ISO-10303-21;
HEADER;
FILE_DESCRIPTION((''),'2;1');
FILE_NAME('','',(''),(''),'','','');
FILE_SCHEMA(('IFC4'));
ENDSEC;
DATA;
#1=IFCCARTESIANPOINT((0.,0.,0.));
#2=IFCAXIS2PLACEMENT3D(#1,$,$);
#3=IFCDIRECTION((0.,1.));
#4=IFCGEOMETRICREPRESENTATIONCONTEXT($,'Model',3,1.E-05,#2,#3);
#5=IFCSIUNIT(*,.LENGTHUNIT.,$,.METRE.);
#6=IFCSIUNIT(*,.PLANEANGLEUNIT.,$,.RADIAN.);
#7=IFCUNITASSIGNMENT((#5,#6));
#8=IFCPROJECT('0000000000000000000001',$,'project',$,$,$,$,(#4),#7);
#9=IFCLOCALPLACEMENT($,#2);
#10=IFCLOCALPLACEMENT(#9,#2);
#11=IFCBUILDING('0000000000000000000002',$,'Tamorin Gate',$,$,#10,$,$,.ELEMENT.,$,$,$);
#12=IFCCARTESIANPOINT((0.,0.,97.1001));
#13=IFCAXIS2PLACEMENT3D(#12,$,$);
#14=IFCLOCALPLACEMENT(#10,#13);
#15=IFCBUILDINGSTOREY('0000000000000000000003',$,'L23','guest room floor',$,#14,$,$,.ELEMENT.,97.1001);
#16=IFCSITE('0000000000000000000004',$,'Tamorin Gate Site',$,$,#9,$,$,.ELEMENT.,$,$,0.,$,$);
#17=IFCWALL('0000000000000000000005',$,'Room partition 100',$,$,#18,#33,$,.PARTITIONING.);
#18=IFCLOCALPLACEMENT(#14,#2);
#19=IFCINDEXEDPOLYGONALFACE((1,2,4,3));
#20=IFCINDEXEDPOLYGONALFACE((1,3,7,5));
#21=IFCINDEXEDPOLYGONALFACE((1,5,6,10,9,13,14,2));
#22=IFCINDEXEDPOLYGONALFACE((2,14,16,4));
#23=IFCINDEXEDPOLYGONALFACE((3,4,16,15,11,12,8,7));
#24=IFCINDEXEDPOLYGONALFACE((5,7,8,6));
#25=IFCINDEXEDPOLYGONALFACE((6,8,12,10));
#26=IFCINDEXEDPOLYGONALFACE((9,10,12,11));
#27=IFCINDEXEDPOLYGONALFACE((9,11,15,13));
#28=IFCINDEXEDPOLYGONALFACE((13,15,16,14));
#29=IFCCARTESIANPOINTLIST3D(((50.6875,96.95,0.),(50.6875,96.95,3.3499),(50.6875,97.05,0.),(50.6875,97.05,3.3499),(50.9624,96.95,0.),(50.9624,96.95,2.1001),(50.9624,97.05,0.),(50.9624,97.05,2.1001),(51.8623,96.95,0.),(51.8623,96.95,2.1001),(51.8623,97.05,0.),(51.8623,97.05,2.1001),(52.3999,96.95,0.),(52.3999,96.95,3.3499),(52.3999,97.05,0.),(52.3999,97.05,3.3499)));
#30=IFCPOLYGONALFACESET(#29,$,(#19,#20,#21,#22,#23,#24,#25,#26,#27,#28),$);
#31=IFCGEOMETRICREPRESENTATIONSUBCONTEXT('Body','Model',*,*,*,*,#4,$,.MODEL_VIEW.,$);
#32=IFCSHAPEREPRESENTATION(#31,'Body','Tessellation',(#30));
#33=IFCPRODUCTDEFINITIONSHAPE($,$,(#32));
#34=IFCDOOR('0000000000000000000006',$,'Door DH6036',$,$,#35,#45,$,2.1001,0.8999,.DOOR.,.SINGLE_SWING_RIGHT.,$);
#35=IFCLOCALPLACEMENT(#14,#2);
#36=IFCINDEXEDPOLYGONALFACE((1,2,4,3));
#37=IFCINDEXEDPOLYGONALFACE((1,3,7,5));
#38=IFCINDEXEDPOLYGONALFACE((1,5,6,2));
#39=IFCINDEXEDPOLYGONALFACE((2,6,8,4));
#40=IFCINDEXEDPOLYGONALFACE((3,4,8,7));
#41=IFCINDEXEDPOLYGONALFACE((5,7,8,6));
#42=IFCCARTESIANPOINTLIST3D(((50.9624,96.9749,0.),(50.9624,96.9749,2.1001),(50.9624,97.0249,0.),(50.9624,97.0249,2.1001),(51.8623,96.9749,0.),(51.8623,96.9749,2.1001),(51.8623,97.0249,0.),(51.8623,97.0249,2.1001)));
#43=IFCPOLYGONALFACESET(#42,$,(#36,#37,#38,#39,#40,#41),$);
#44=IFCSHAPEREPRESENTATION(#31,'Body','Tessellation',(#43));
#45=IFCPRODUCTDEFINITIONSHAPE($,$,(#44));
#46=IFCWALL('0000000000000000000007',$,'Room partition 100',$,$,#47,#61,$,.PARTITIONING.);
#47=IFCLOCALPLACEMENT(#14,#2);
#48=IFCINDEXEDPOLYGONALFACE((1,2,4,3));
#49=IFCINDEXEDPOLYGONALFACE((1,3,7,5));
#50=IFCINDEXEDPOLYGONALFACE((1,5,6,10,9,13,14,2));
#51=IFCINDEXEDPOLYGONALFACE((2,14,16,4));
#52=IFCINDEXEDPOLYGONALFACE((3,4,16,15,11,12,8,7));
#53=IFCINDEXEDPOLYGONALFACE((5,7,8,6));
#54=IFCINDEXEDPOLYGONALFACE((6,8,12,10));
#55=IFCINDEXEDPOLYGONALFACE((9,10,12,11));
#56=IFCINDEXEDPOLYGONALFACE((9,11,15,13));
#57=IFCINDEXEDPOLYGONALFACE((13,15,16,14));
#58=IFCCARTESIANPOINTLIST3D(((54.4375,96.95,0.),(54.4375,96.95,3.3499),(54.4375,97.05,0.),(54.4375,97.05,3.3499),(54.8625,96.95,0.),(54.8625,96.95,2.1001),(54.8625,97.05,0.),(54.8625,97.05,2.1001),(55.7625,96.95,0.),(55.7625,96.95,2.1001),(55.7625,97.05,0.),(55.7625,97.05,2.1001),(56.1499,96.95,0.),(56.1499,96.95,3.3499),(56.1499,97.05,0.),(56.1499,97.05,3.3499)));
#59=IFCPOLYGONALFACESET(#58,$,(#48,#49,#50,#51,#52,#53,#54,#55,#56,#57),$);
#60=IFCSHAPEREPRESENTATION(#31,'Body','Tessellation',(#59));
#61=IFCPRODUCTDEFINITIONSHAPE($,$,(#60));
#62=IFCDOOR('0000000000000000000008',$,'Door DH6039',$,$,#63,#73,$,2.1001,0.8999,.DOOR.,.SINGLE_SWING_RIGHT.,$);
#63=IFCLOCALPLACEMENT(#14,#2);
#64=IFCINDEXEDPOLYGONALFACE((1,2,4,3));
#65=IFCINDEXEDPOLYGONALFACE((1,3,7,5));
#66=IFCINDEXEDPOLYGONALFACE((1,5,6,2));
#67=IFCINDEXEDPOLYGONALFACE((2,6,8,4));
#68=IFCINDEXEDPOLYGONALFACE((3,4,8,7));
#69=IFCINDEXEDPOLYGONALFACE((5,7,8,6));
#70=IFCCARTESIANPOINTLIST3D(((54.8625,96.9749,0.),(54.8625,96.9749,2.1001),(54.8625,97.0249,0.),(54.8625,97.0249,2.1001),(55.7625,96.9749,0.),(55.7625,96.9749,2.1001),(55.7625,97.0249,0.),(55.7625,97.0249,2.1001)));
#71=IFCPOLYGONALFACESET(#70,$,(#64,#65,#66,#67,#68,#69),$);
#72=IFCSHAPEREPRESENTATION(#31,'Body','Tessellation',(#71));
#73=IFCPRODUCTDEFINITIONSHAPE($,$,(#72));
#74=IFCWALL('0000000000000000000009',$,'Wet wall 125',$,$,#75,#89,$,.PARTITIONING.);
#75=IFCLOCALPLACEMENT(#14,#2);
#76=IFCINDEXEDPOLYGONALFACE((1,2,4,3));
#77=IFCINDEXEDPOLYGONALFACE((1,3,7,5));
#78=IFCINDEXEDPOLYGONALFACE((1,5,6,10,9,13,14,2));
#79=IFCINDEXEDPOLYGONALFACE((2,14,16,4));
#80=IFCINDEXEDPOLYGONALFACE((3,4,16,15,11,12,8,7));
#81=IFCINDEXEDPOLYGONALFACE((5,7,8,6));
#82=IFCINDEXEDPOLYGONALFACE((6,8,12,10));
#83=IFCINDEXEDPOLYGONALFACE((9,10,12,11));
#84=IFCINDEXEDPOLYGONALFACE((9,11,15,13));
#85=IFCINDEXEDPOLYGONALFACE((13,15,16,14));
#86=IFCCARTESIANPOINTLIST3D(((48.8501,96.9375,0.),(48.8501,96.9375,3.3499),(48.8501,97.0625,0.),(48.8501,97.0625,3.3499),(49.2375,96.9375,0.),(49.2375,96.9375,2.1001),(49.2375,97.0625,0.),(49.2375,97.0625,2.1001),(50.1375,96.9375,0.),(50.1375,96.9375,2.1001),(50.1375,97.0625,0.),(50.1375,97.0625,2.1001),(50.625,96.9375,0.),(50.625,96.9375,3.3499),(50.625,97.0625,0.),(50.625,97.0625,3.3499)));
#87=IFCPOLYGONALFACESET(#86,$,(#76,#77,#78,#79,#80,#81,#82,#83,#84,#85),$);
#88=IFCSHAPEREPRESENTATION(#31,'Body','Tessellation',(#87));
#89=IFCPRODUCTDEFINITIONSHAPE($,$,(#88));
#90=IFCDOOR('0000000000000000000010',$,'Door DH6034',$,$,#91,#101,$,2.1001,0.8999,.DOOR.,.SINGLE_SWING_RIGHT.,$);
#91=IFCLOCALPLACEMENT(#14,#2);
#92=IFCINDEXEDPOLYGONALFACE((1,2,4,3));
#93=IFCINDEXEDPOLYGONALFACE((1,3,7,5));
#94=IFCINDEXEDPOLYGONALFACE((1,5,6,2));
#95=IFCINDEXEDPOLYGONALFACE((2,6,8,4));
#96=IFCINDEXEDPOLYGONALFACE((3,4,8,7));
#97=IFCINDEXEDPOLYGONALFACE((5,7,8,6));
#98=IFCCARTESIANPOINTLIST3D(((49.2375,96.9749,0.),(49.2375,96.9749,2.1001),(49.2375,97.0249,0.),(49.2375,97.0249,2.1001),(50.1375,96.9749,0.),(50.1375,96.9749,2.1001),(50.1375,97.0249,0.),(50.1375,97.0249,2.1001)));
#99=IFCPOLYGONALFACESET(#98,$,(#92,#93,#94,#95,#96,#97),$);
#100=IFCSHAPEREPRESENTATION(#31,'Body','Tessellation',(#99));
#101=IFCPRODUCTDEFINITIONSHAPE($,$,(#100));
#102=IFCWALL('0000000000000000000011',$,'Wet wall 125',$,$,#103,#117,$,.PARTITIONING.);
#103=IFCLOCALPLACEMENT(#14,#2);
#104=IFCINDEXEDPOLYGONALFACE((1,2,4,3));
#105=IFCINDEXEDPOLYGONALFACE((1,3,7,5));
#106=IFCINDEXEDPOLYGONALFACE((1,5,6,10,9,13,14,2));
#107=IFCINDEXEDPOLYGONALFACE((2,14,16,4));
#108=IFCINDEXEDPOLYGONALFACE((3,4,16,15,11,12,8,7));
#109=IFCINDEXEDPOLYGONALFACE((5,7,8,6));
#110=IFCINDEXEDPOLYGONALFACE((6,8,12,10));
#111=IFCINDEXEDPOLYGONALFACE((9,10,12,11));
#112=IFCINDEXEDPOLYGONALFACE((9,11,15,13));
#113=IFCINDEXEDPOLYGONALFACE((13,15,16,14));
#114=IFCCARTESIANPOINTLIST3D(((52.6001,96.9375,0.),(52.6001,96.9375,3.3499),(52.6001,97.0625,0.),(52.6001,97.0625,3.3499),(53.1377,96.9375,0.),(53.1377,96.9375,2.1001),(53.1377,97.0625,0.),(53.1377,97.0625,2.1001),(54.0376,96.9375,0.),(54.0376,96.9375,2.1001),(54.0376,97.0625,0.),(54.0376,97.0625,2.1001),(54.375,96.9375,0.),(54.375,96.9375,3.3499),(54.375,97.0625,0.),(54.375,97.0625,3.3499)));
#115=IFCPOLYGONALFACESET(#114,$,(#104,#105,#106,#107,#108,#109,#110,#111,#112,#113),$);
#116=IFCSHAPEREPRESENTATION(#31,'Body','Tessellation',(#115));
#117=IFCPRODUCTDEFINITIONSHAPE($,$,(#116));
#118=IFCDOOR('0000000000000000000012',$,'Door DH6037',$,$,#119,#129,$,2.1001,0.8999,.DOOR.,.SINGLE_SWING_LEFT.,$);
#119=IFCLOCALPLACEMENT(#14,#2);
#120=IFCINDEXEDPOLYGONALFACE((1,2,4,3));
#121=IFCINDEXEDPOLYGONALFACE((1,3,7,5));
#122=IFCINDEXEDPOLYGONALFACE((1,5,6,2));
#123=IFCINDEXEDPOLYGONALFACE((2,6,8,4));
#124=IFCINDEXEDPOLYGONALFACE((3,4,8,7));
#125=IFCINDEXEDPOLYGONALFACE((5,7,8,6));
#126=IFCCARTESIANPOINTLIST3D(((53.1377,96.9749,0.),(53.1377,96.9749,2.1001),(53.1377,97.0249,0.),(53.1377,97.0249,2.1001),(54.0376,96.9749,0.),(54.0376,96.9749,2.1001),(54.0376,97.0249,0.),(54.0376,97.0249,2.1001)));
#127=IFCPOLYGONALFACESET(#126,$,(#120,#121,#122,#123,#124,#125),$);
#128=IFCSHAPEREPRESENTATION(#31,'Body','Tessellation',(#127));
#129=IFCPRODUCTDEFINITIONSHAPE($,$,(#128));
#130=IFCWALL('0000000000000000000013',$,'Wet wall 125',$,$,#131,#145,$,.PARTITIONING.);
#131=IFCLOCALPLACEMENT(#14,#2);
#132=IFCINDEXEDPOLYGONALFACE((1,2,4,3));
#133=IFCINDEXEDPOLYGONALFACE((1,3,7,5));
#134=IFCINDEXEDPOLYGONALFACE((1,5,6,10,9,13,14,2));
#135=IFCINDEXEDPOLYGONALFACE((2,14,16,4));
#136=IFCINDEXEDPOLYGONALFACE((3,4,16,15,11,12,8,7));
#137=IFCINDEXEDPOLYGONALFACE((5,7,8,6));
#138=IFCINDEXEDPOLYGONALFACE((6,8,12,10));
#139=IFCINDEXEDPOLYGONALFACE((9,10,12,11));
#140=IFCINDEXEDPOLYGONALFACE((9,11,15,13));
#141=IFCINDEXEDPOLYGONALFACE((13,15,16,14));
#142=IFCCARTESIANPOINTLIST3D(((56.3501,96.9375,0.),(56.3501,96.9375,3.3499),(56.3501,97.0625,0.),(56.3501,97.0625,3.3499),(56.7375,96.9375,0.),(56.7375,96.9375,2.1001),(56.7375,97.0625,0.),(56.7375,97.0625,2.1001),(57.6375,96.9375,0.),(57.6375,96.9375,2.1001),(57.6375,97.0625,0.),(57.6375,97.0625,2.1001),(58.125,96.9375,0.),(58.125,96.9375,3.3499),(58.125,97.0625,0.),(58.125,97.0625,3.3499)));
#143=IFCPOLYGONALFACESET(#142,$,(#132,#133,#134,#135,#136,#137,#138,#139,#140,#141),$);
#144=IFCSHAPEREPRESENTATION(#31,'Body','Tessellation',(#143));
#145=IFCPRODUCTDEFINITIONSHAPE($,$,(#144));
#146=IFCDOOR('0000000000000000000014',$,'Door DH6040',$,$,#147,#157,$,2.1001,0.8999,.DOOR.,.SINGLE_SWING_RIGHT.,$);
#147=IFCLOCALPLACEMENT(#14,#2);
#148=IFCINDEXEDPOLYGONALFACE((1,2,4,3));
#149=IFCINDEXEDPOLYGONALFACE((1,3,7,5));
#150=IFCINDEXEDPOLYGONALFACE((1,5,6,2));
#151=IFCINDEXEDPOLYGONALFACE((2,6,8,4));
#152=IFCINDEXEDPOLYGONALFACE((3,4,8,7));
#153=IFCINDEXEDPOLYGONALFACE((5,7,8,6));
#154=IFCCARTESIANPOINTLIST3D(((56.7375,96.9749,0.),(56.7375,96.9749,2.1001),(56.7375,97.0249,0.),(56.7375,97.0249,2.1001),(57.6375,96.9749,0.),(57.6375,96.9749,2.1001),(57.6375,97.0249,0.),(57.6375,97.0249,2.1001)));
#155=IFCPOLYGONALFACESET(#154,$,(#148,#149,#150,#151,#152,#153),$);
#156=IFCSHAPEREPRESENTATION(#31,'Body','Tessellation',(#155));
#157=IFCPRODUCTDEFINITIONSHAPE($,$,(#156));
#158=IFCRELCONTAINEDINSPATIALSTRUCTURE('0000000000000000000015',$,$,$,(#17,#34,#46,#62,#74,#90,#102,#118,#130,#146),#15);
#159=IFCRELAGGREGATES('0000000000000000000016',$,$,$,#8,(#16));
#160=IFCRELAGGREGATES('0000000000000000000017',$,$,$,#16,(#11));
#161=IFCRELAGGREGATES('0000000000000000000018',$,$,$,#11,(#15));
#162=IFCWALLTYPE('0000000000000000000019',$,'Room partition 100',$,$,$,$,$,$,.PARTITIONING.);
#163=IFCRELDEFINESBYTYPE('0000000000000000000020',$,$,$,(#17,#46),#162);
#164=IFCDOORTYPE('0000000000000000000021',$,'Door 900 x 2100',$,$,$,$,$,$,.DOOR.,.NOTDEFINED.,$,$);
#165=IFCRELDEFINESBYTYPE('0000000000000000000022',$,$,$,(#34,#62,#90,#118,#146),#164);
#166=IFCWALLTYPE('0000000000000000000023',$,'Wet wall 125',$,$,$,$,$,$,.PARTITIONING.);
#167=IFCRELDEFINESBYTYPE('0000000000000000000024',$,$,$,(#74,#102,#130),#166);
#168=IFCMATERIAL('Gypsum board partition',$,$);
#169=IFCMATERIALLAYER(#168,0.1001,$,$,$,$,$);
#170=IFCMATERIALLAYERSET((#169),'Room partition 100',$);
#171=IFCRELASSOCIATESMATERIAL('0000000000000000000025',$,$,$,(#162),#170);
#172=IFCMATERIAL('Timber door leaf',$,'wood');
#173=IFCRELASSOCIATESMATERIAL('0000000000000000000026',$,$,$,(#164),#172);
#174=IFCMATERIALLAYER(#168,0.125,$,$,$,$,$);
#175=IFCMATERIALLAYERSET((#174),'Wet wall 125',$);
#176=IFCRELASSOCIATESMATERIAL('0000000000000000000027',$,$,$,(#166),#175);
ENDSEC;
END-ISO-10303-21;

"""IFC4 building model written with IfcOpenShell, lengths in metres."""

from ifc_helpers import new_model, si_unit, direction, frame, frame_2d, origin, place, context, subcontext, project, spatial, rectangle, extrude, material, layer, layer_set, type_object, element, fill, save


model = new_model("IFC4")

# Units and contexts
model_context = context("Model", 3, precision=1e-05, world=origin(), true_north=direction((0.0, 1.0)))
body_context = subcontext(model_context, "Body", "Model", "MODEL_VIEW")
ifc_project = project(units=[si_unit("LENGTHUNIT", "METRE"), si_unit("PLANEANGLEUNIT", "RADIAN")], contexts=[model_context])

# Site, building, storey
site_placement = place(None, origin())
site = spatial("IfcSite", under=ifc_project, at=site_placement, Name="Tamorin Gate Site", CompositionType="ELEMENT", RefElevation=0.0)
building_placement = place(site_placement, origin())
building = spatial("IfcBuilding", under=site, at=building_placement, Name="Tamorin Gate", CompositionType="ELEMENT")
storey_placement = place(building_placement, frame((0.0, 0.0, 97.1001)))
storey = spatial("IfcBuildingStorey", under=building, at=storey_placement, Name="L23", Description="guest room floor", CompositionType="ELEMENT", Elevation=97.1001)

# Walls, openings, doors
ifc_material_1 = material(Name="Gypsum board partition")
ifc_layer_1 = layer(ifc_material_1, 0.1001)
ifc_layer_set_1 = layer_set([ifc_layer_1], Name="Room partition 100")
wall_type_1 = type_object("IfcWallType", Name="Room partition 100", PredefinedType="PARTITIONING", material=ifc_layer_set_1)
wall_1_placement = place(storey_placement, frame((50.6875, 97.0, 0.0), z_axis=(0.0, 0.0, 1.0), x_axis=(1.0, 0.0, 0.0)))
wall_1 = element("IfcWall", 1, at=wall_1_placement, inside=storey, type_object=wall_type_1, Name="Room partition 100", PredefinedType="PARTITIONING", context=body_context, shape_type="SweptSolid", body=[
    extrude(rectangle(XDim=1.7124, YDim=0.1001, at=frame_2d((0.8562, 0.0))), origin(), (0.0, 0.0, 1.0), 3.3499),
])
opening_1_placement = place(wall_1_placement, frame((0.2749, 0.0, 0.0)))
opening_1 = element("IfcOpeningElement", 2, at=opening_1_placement, cuts=wall_1, PredefinedType="OPENING", context=body_context, shape_type="SweptSolid", body=[
    extrude(rectangle(XDim=0.8999, YDim=2.1001, at=frame_2d((0.45, 1.05))), frame((0.0, 0.0601, 0.0), z_axis=(0.0, -1.0, 0.0), x_axis=(1.0, 0.0, 0.0)), (0.0, 0.0, 1.0), 0.1201),
])
ifc_material_2 = material(Name="Timber door leaf", Category="wood")
door_type = type_object("IfcDoorType", Name="Door 900 x 2100", OperationType="NOTDEFINED", PredefinedType="DOOR", material=ifc_material_2)
door_1_placement = place(opening_1_placement, origin())
door_1 = element("IfcDoor", 3, at=door_1_placement, inside=storey, type_object=door_type, Name="Door DH6036", OperationType="SINGLE_SWING_RIGHT", OverallHeight=2.1001, OverallWidth=0.8999, PredefinedType="DOOR", context=body_context, shape_type="SweptSolid", body=[
    extrude(rectangle(XDim=0.8999, YDim=2.1001, at=frame_2d((0.45, 1.05))), frame((0.0, 0.0249, 0.0), z_axis=(0.0, -1.0, 0.0), x_axis=(1.0, 0.0, 0.0)), (0.0, 0.0, 1.0), 0.05),
])
fill(opening_1, door_1)
wall_2_placement = place(storey_placement, frame((54.4375, 97.0, 0.0), z_axis=(0.0, 0.0, 1.0), x_axis=(1.0, 0.0, 0.0)))
wall_2 = element("IfcWall", 4, at=wall_2_placement, inside=storey, type_object=wall_type_1, Name="Room partition 100", PredefinedType="PARTITIONING", context=body_context, shape_type="SweptSolid", body=[
    extrude(rectangle(XDim=1.7124, YDim=0.1001, at=frame_2d((0.8562, 0.0))), origin(), (0.0, 0.0, 1.0), 3.3499),
])
opening_2_placement = place(wall_2_placement, frame((0.425, 0.0, 0.0)))
opening_2 = element("IfcOpeningElement", 5, at=opening_2_placement, cuts=wall_2, PredefinedType="OPENING", context=body_context, shape_type="SweptSolid", body=[
    extrude(rectangle(XDim=0.8999, YDim=2.1001, at=frame_2d((0.45, 1.05))), frame((0.0, 0.0601, 0.0), z_axis=(0.0, -1.0, 0.0), x_axis=(1.0, 0.0, 0.0)), (0.0, 0.0, 1.0), 0.1201),
])
door_2_placement = place(opening_2_placement, origin())
door_2 = element("IfcDoor", 6, at=door_2_placement, inside=storey, type_object=door_type, Name="Door DH6039", OperationType="SINGLE_SWING_RIGHT", OverallHeight=2.1001, OverallWidth=0.8999, PredefinedType="DOOR", context=body_context, shape_type="SweptSolid", body=[
    extrude(rectangle(XDim=0.8999, YDim=2.1001, at=frame_2d((0.45, 1.05))), frame((0.0, 0.0249, 0.0), z_axis=(0.0, -1.0, 0.0), x_axis=(1.0, 0.0, 0.0)), (0.0, 0.0, 1.0), 0.05),
])
fill(opening_2, door_2)
ifc_layer_2 = layer(ifc_material_1, 0.125)
ifc_layer_set_2 = layer_set([ifc_layer_2], Name="Wet wall 125")
wall_type_2 = type_object("IfcWallType", Name="Wet wall 125", PredefinedType="PARTITIONING", material=ifc_layer_set_2)
wall_3_placement = place(storey_placement, frame((48.8501, 97.0, 0.0), z_axis=(0.0, 0.0, 1.0), x_axis=(1.0, 0.0, 0.0)))
wall_3 = element("IfcWall", 7, at=wall_3_placement, inside=storey, type_object=wall_type_2, Name="Wet wall 125", PredefinedType="PARTITIONING", context=body_context, shape_type="SweptSolid", body=[
    extrude(rectangle(XDim=1.7749, YDim=0.125, at=frame_2d((0.8875, 0.0))), origin(), (0.0, 0.0, 1.0), 3.3499),
])
opening_3_placement = place(wall_3_placement, frame((0.3875, 0.0, 0.0)))
opening_3 = element("IfcOpeningElement", 8, at=opening_3_placement, cuts=wall_3, PredefinedType="OPENING", context=body_context, shape_type="SweptSolid", body=[
    extrude(rectangle(XDim=0.8999, YDim=2.1001, at=frame_2d((0.45, 1.05))), frame((0.0, 0.0725, 0.0), z_axis=(0.0, -1.0, 0.0), x_axis=(1.0, 0.0, 0.0)), (0.0, 0.0, 1.0), 0.145),
])
door_3_placement = place(opening_3_placement, origin())
door_3 = element("IfcDoor", 9, at=door_3_placement, inside=storey, type_object=door_type, Name="Door DH6034", OperationType="SINGLE_SWING_RIGHT", OverallHeight=2.1001, OverallWidth=0.8999, PredefinedType="DOOR", context=body_context, shape_type="SweptSolid", body=[
    extrude(rectangle(XDim=0.8999, YDim=2.1001, at=frame_2d((0.45, 1.05))), frame((0.0, 0.0249, 0.0), z_axis=(0.0, -1.0, 0.0), x_axis=(1.0, 0.0, 0.0)), (0.0, 0.0, 1.0), 0.05),
])
fill(opening_3, door_3)
wall_4_placement = place(storey_placement, frame((52.6001, 97.0, 0.0), z_axis=(0.0, 0.0, 1.0), x_axis=(1.0, 0.0, 0.0)))
wall_4 = element("IfcWall", 10, at=wall_4_placement, inside=storey, type_object=wall_type_2, Name="Wet wall 125", PredefinedType="PARTITIONING", context=body_context, shape_type="SweptSolid", body=[
    extrude(rectangle(XDim=1.7749, YDim=0.125, at=frame_2d((0.8875, 0.0))), origin(), (0.0, 0.0, 1.0), 3.3499),
])
opening_4_placement = place(wall_4_placement, frame((0.5376, 0.0, 0.0)))
opening_4 = element("IfcOpeningElement", 11, at=opening_4_placement, cuts=wall_4, PredefinedType="OPENING", context=body_context, shape_type="SweptSolid", body=[
    extrude(rectangle(XDim=0.8999, YDim=2.1001, at=frame_2d((0.45, 1.05))), frame((0.0, 0.0725, 0.0), z_axis=(0.0, -1.0, 0.0), x_axis=(1.0, 0.0, 0.0)), (0.0, 0.0, 1.0), 0.145),
])
door_4_placement = place(opening_4_placement, origin())
door_4 = element("IfcDoor", 12, at=door_4_placement, inside=storey, type_object=door_type, Name="Door DH6037", OperationType="SINGLE_SWING_LEFT", OverallHeight=2.1001, OverallWidth=0.8999, PredefinedType="DOOR", context=body_context, shape_type="SweptSolid", body=[
    extrude(rectangle(XDim=0.8999, YDim=2.1001, at=frame_2d((0.45, 1.05))), frame((0.0, 0.0249, 0.0), z_axis=(0.0, -1.0, 0.0), x_axis=(1.0, 0.0, 0.0)), (0.0, 0.0, 1.0), 0.05),
])
fill(opening_4, door_4)
wall_5_placement = place(storey_placement, frame((56.3501, 97.0, 0.0), z_axis=(0.0, 0.0, 1.0), x_axis=(1.0, 0.0, 0.0)))
wall_5 = element("IfcWall", 13, at=wall_5_placement, inside=storey, type_object=wall_type_2, Name="Wet wall 125", PredefinedType="PARTITIONING", context=body_context, shape_type="SweptSolid", body=[
    extrude(rectangle(XDim=1.7749, YDim=0.125, at=frame_2d((0.8875, 0.0))), origin(), (0.0, 0.0, 1.0), 3.3499),
])
opening_5_placement = place(wall_5_placement, frame((0.3875, 0.0, 0.0)))
opening_5 = element("IfcOpeningElement", 14, at=opening_5_placement, cuts=wall_5, PredefinedType="OPENING", context=body_context, shape_type="SweptSolid", body=[
    extrude(rectangle(XDim=0.8999, YDim=2.1001, at=frame_2d((0.45, 1.05))), frame((0.0, 0.0725, 0.0), z_axis=(0.0, -1.0, 0.0), x_axis=(1.0, 0.0, 0.0)), (0.0, 0.0, 1.0), 0.145),
])
door_5_placement = place(opening_5_placement, origin())
door_5 = element("IfcDoor", 15, at=door_5_placement, inside=storey, type_object=door_type, Name="Door DH6040", OperationType="SINGLE_SWING_RIGHT", OverallHeight=2.1001, OverallWidth=0.8999, PredefinedType="DOOR", context=body_context, shape_type="SweptSolid", body=[
    extrude(rectangle(XDim=0.8999, YDim=2.1001, at=frame_2d((0.45, 1.05))), frame((0.0, 0.0249, 0.0), z_axis=(0.0, -1.0, 0.0), x_axis=(1.0, 0.0, 0.0)), (0.0, 0.0, 1.0), 0.05),
])
fill(opening_5, door_5)

save(model, "model.ifc")
